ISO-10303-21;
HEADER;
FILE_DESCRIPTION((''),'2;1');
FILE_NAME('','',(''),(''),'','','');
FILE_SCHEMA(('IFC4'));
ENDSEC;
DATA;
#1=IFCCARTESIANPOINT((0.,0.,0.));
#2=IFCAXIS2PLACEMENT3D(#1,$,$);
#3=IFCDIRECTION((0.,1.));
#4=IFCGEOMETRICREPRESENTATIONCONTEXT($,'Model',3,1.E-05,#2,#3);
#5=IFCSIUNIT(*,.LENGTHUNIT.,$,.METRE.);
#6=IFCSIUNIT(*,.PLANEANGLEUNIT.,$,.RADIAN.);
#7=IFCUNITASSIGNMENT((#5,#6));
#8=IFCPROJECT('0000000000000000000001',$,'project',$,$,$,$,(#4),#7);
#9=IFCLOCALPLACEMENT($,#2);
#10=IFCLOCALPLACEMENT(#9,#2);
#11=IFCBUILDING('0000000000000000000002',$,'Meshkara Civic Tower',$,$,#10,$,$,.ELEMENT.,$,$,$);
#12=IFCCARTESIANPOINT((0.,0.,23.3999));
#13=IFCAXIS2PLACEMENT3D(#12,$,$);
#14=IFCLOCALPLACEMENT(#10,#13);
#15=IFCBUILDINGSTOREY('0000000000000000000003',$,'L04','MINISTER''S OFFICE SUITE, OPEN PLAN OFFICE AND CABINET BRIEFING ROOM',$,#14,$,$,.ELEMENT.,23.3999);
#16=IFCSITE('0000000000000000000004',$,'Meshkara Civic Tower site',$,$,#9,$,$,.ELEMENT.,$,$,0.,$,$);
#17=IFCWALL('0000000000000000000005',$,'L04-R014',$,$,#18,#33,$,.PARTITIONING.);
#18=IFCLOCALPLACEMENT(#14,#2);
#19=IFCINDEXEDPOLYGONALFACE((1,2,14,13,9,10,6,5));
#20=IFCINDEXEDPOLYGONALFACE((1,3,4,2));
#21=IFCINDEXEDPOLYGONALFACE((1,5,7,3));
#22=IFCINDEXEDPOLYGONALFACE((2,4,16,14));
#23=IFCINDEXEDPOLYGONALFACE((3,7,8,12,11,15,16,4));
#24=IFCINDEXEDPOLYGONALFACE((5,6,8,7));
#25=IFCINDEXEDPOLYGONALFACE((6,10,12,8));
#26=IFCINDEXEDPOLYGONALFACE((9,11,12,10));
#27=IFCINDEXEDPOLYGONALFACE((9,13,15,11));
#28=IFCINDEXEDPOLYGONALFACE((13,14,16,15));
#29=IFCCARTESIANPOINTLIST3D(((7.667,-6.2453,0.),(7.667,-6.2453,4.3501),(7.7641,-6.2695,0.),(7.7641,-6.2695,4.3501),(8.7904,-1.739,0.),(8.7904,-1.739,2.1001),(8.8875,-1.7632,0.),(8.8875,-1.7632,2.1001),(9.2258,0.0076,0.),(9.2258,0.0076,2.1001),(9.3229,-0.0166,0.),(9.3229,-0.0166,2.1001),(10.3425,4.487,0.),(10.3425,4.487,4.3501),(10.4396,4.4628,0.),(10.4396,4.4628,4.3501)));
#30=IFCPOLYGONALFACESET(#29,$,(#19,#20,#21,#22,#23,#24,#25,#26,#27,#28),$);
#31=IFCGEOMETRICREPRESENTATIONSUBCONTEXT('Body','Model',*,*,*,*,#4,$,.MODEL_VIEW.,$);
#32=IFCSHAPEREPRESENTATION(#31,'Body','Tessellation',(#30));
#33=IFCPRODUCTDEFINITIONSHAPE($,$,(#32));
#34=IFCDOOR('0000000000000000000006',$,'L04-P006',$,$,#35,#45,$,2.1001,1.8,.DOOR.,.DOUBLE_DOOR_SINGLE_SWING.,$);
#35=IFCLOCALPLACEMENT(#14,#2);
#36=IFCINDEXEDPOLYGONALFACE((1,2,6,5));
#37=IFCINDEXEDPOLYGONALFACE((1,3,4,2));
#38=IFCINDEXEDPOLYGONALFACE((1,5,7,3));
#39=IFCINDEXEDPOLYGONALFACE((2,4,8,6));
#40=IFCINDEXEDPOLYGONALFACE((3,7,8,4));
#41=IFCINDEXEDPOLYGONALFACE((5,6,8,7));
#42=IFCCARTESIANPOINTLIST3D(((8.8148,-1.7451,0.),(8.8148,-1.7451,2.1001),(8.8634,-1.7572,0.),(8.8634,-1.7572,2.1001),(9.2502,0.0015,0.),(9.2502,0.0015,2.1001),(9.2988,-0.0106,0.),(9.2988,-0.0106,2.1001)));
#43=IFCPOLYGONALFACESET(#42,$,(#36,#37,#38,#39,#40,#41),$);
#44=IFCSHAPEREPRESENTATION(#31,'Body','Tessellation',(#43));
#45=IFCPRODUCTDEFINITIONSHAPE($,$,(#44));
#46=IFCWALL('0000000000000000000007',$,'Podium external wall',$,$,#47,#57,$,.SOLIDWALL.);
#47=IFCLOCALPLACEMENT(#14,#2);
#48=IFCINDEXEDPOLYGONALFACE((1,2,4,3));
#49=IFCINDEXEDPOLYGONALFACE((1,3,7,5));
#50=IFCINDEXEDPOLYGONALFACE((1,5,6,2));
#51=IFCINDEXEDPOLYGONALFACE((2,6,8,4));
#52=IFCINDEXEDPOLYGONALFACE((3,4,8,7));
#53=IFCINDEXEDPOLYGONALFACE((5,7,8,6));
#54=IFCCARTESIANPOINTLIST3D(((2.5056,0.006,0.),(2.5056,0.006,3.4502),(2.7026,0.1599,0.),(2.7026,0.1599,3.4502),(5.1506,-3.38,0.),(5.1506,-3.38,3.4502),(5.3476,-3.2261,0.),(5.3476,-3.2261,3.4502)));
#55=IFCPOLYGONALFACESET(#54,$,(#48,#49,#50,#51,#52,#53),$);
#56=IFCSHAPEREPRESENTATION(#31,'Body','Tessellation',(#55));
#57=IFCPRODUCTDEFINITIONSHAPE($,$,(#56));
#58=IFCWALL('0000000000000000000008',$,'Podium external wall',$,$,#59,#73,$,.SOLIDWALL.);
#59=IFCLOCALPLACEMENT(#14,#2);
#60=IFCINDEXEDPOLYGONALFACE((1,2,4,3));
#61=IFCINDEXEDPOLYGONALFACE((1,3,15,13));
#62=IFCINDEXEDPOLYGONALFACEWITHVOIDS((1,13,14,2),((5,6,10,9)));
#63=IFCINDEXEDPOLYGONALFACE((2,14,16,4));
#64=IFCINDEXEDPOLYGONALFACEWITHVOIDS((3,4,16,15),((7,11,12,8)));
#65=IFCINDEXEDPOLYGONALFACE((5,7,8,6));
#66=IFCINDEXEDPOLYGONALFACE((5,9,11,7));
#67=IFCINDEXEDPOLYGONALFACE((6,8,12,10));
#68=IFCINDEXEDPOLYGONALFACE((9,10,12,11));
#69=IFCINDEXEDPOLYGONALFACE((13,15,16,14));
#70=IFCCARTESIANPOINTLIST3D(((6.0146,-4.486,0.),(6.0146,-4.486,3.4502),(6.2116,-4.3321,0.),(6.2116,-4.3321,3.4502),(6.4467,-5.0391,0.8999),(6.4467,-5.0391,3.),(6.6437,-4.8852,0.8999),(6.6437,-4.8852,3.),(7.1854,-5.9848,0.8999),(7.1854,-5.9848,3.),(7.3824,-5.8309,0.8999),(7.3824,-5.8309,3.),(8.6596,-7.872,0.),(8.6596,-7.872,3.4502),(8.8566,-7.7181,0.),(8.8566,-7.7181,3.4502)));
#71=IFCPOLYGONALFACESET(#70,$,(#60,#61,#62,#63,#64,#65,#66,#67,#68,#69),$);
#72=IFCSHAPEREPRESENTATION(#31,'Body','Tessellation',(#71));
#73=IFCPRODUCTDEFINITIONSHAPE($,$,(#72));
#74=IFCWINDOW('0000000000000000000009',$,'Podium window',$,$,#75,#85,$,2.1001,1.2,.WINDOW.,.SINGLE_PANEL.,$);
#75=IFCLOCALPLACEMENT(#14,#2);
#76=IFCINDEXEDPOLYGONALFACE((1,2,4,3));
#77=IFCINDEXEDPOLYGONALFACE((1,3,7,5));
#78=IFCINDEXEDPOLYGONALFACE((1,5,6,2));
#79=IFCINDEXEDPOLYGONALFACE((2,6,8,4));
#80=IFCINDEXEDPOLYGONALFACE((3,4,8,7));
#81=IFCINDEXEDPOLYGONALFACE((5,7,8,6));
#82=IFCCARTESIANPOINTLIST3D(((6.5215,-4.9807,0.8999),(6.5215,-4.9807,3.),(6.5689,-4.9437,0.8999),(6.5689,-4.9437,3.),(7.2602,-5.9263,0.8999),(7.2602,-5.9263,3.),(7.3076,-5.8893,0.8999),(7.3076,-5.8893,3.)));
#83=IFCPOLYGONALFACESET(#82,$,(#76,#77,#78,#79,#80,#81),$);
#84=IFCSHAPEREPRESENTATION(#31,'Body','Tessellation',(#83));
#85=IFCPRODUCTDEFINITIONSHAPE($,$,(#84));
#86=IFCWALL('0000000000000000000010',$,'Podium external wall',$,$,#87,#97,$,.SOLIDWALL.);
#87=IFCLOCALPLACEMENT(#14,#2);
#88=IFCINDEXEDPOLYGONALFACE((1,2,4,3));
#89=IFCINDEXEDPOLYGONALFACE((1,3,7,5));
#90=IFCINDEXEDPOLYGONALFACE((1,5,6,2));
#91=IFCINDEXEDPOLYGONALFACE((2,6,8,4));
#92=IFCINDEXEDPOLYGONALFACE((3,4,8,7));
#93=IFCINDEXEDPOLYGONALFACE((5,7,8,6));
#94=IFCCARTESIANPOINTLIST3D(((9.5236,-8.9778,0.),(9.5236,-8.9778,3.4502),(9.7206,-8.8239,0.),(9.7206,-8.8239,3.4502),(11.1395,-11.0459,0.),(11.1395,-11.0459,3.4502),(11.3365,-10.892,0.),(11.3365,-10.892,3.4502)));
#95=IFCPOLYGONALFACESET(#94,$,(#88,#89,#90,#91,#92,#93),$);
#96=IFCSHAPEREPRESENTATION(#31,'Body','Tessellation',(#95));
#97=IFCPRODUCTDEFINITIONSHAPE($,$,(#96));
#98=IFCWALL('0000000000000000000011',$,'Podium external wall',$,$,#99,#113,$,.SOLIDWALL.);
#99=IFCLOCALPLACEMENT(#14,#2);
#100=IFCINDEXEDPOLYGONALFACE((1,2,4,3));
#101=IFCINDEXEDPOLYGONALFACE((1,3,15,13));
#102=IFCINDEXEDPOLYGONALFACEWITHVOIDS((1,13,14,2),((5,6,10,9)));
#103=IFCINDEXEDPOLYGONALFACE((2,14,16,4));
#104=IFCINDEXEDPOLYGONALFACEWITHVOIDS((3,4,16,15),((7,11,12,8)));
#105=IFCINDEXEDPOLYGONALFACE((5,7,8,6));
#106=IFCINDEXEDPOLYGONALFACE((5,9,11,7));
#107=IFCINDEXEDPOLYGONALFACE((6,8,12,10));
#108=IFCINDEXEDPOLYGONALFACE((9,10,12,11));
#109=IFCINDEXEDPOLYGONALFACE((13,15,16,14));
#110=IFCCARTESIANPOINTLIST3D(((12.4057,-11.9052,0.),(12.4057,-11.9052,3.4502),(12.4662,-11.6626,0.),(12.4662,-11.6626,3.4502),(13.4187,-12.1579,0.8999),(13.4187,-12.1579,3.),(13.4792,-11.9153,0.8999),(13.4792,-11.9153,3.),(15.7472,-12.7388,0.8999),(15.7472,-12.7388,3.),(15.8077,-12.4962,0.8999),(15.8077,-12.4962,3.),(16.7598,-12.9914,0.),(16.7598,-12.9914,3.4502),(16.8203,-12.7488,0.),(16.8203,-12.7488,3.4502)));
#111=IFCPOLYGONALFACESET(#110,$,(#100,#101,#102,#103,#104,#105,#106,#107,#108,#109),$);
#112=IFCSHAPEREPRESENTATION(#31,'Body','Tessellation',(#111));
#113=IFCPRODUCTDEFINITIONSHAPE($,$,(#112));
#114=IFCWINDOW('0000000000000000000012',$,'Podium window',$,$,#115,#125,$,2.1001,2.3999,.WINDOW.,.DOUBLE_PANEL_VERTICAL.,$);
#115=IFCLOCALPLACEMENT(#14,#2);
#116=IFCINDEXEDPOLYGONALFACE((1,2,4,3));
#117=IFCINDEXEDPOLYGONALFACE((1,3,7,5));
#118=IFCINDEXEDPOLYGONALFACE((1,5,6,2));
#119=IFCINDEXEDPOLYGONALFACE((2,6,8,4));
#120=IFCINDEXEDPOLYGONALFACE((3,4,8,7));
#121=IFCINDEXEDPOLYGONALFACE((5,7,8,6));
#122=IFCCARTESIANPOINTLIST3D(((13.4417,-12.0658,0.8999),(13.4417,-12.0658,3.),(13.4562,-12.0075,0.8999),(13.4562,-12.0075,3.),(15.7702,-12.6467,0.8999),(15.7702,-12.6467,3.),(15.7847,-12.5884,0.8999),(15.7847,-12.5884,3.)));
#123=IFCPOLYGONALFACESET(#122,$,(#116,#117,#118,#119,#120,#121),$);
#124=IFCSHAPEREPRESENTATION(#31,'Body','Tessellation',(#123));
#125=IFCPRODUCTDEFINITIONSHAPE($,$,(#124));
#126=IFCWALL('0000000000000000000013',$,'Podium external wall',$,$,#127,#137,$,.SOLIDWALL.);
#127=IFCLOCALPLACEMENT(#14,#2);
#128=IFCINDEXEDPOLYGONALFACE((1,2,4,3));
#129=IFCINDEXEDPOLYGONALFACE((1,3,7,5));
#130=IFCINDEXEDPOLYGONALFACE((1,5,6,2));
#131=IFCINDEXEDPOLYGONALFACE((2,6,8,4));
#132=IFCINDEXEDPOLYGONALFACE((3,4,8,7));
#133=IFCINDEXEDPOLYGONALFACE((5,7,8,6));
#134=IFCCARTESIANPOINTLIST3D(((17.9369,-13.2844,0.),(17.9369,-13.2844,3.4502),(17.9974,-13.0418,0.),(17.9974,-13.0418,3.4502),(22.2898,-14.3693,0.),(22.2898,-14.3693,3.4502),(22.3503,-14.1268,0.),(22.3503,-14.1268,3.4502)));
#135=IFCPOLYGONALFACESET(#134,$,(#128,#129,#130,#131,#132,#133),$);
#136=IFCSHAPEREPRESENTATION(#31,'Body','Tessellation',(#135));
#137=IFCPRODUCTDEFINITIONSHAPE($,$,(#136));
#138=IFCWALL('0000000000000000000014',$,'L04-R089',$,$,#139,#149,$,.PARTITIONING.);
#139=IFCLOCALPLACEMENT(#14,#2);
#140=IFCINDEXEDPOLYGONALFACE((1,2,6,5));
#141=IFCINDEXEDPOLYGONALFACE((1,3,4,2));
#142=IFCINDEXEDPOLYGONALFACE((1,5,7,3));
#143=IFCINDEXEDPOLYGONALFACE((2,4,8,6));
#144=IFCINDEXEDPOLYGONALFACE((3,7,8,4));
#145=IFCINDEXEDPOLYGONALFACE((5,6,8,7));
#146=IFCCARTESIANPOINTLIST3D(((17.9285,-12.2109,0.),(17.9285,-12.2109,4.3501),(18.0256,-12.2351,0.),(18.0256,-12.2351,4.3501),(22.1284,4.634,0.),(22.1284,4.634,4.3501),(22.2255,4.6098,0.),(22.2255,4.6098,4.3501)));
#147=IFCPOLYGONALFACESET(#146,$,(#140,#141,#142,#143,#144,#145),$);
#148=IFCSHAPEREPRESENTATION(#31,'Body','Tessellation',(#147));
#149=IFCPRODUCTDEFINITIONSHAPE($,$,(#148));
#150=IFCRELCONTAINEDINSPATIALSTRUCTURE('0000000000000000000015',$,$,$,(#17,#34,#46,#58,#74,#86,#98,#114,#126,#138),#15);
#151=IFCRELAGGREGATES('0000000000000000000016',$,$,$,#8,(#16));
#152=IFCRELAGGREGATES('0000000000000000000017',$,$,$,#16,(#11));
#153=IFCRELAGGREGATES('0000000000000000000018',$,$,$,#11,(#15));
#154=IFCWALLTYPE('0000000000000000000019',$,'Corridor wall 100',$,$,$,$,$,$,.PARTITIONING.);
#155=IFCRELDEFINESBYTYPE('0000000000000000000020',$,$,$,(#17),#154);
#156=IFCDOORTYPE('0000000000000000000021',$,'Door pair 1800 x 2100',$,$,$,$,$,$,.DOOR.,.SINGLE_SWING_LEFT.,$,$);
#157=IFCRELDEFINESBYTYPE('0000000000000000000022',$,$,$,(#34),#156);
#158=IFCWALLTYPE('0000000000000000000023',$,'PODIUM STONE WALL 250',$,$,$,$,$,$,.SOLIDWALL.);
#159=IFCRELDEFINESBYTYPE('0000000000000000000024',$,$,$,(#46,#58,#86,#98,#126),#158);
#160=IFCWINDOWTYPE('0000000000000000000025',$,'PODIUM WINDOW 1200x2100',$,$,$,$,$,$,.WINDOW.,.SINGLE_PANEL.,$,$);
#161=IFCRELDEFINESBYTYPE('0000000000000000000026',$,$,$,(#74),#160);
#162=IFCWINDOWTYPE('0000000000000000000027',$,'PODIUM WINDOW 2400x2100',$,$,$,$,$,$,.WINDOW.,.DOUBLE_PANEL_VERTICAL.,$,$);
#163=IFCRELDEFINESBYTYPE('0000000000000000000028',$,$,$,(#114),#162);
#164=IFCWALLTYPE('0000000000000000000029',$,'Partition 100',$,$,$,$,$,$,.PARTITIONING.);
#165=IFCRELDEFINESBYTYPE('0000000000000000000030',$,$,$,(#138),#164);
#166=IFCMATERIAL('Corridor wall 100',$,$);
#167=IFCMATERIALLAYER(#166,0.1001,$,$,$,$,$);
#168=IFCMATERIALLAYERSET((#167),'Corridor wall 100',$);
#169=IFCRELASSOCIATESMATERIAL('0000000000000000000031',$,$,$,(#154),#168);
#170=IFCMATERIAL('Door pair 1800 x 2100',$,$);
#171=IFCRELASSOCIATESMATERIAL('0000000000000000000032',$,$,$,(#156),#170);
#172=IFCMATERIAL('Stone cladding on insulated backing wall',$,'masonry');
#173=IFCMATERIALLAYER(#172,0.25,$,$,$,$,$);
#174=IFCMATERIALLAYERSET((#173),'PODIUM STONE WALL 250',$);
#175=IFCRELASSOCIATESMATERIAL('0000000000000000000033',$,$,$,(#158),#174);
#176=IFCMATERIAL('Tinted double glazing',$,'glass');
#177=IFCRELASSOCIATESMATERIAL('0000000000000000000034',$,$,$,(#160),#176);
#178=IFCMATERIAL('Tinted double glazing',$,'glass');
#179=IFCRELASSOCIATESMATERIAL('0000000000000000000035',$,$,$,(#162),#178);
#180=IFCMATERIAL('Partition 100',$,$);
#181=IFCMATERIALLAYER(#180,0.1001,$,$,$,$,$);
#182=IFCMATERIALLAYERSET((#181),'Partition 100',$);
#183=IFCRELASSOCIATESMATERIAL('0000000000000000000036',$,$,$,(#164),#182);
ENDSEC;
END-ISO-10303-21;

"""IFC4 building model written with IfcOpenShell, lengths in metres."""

from ifc_helpers import new_model, si_unit, direction, frame, frame_2d, origin, place, context, subcontext, project, spatial, rectangle, extrude, material, layer, layer_set, type_object, element, fill, save


model = new_model("IFC4")

# Units and contexts
model_context = context("Model", 3, precision=1e-05, world=origin(), true_north=direction((0.0, 1.0)))
body_context = subcontext(model_context, "Body", "Model", "MODEL_VIEW")
ifc_project = project(units=[si_unit("LENGTHUNIT", "METRE"), si_unit("PLANEANGLEUNIT", "RADIAN")], contexts=[model_context])

# Site, building, storey
site_placement = place(None, origin())
site = spatial("IfcSite", under=ifc_project, at=site_placement, Name="Meshkara Civic Tower site", CompositionType="ELEMENT", RefElevation=0.0)
building_placement = place(site_placement, origin())
building = spatial("IfcBuilding", under=site, at=building_placement, Name="Meshkara Civic Tower", CompositionType="ELEMENT")
storey_placement = place(building_placement, frame((0.0, 0.0, 23.3999)))
storey = spatial("IfcBuildingStorey", under=building, at=storey_placement, Name="L04", Description="MINISTER'S OFFICE SUITE, OPEN PLAN OFFICE AND CABINET BRIEFING ROOM", CompositionType="ELEMENT", Elevation=23.3999)

# Wall, opening, door
ifc_material_1 = material(Name="Corridor wall 100")
ifc_layer_1 = layer(ifc_material_1, 0.1001)
ifc_layer_set_1 = layer_set([ifc_layer_1], Name="Corridor wall 100")
wall_type_1 = type_object("IfcWallType", Name="Corridor wall 100", PredefinedType="PARTITIONING", material=ifc_layer_set_1)
wall_1_placement = place(storey_placement, frame((7.7156, -6.2573, 0.0), z_axis=(0.0, 0.0, 1.0), x_axis=(0.241892, 0.970303, 0.0)))
wall_1 = element("IfcWall", 1, at=wall_1_placement, inside=storey, type_object=wall_type_1, Name="L04-R014", PredefinedType="PARTITIONING", context=body_context, shape_type="SweptSolid", body=[
    extrude(rectangle(XDim=11.0608, YDim=0.1001, at=frame_2d((5.5303, 0.0))), origin(), (0.0, 0.0, 1.0), 4.3501),
])
opening_1_placement = place(wall_1_placement, frame((4.6443, 0.0, 0.0)))
opening_1 = element("IfcOpeningElement", 2, at=opening_1_placement, cuts=wall_1, PredefinedType="OPENING", context=body_context, shape_type="SweptSolid", body=[
    extrude(rectangle(XDim=1.8, YDim=2.1001, at=frame_2d((0.8999, 1.05))), frame((0.0, 0.0601, 0.0), z_axis=(0.0, -1.0, 0.0), x_axis=(1.0, 0.0, 0.0)), (0.0, 0.0, 1.0), 0.1201),
])
ifc_material_2 = material(Name="Door pair 1800 x 2100")
door_type = type_object("IfcDoorType", Name="Door pair 1800 x 2100", OperationType="SINGLE_SWING_LEFT", PredefinedType="DOOR", material=ifc_material_2)
door_placement = place(opening_1_placement, origin())
door = element("IfcDoor", 3, at=door_placement, inside=storey, type_object=door_type, Name="L04-P006", OperationType="DOUBLE_DOOR_SINGLE_SWING", OverallHeight=2.1001, OverallWidth=1.8, PredefinedType="DOOR", context=body_context, shape_type="SweptSolid", body=[
    extrude(rectangle(XDim=1.8, YDim=2.1001, at=frame_2d((0.8999, 1.05))), frame((0.0, 0.0249, 0.0), z_axis=(0.0, -1.0, 0.0), x_axis=(1.0, 0.0, 0.0)), (0.0, 0.0, 1.0), 0.05),
])
fill(opening_1, door)

# Wall
ifc_material_3 = material(Name="Stone cladding on insulated backing wall", Category="masonry")
ifc_layer_2 = layer(ifc_material_3, 0.25)
ifc_layer_set_2 = layer_set([ifc_layer_2], Name="PODIUM STONE WALL 250")
wall_type_2 = type_object("IfcWallType", Name="PODIUM STONE WALL 250", PredefinedType="SOLIDWALL", material=ifc_layer_set_2)
wall_2_placement = place(storey_placement, frame((2.604, 0.083, 0.0), z_axis=(0.0, 0.0, 1.0), x_axis=(0.615603, -0.788056, 0.0)))
element("IfcWall", 4, at=wall_2_placement, inside=storey, type_object=wall_type_2, Name="Podium external wall", PredefinedType="SOLIDWALL", context=body_context, shape_type="SweptSolid", body=[
    extrude(rectangle(XDim=4.2966, YDim=0.25, at=frame_2d((2.1484, 0.0))), origin(), (0.0, 0.0, 1.0), 3.4502),
])

# Wall, opening, window
wall_3_placement = place(storey_placement, frame((6.113, -4.4089, 0.0), z_axis=(0.0, 0.0, 1.0), x_axis=(0.615603, -0.788056, 0.0)))
wall_3 = element("IfcWall", 5, at=wall_3_placement, inside=storey, type_object=wall_type_2, Name="Podium external wall", PredefinedType="SOLIDWALL", context=body_context, shape_type="SweptSolid", body=[
    extrude(rectangle(XDim=4.2966, YDim=0.25, at=frame_2d((2.1484, 0.0))), origin(), (0.0, 0.0, 1.0), 3.4502),
])
opening_2_placement = place(wall_3_placement, frame((0.7019, 0.0, 0.8999)))
opening_2 = element("IfcOpeningElement", 6, at=opening_2_placement, cuts=wall_3, PredefinedType="OPENING", context=body_context, shape_type="SweptSolid", body=[
    extrude(rectangle(XDim=1.2, YDim=2.1001, at=frame_2d((0.6001, 1.05))), frame((0.0, 0.135, 0.0), z_axis=(0.0, -1.0, 0.0), x_axis=(1.0, 0.0, 0.0)), (0.0, 0.0, 1.0), 0.27),
])
ifc_material_4 = material(Name="Tinted double glazing", Category="glass")
window_type_1 = type_object("IfcWindowType", Name="PODIUM WINDOW 1200x2100", PartitioningType="SINGLE_PANEL", PredefinedType="WINDOW", material=ifc_material_4)
window_1_placement = place(opening_2_placement, origin())
window_1 = element("IfcWindow", 7, at=window_1_placement, inside=storey, type_object=window_type_1, Name="Podium window", OverallHeight=2.1001, OverallWidth=1.2, PartitioningType="SINGLE_PANEL", PredefinedType="WINDOW", context=body_context, shape_type="SweptSolid", body=[
    extrude(rectangle(XDim=1.2, YDim=2.1001, at=frame_2d((0.6001, 1.05))), frame((0.0, 0.03, 0.0), z_axis=(0.0, -1.0, 0.0), x_axis=(1.0, 0.0, 0.0)), (0.0, 0.0, 1.0), 0.0601),
])
fill(opening_2, window_1)

# Wall
wall_4_placement = place(storey_placement, frame((9.6221, -8.9009, 0.0), z_axis=(0.0, 0.0, 1.0), x_axis=(0.615704, -0.787978, 0.0)))
element("IfcWall", 8, at=wall_4_placement, inside=storey, type_object=wall_type_2, Name="Podium external wall", PredefinedType="SOLIDWALL", context=body_context, shape_type="SweptSolid", body=[
    extrude(rectangle(XDim=2.6245, YDim=0.25, at=frame_2d((1.3123, 0.0))), origin(), (0.0, 0.0, 1.0), 3.4502),
])

# Wall, opening, window
wall_5_placement = place(storey_placement, frame((12.436, -11.7839, 0.0), z_axis=(0.0, 0.0, 1.0), x_axis=(0.970264, -0.242049, 0.0)))
wall_5 = element("IfcWall", 9, at=wall_5_placement, inside=storey, type_object=wall_type_2, Name="Podium external wall", PredefinedType="SOLIDWALL", context=body_context, shape_type="SweptSolid", body=[
    extrude(rectangle(XDim=4.4875, YDim=0.25, at=frame_2d((2.2437, 0.0))), origin(), (0.0, 0.0, 1.0), 3.4502),
])
opening_3_placement = place(wall_5_placement, frame((1.0439, 0.0, 0.8999)))
opening_3 = element("IfcOpeningElement", 10, at=opening_3_placement, cuts=wall_5, PredefinedType="OPENING", context=body_context, shape_type="SweptSolid", body=[
    extrude(rectangle(XDim=2.3999, YDim=2.1001, at=frame_2d((1.2, 1.05))), frame((0.0, 0.135, 0.0), z_axis=(0.0, -1.0, 0.0), x_axis=(1.0, 0.0, 0.0)), (0.0, 0.0, 1.0), 0.27),
])
ifc_material_5 = material(Name="Tinted double glazing", Category="glass")
window_type_2 = type_object("IfcWindowType", Name="PODIUM WINDOW 2400x2100", PartitioningType="DOUBLE_PANEL_VERTICAL", PredefinedType="WINDOW", material=ifc_material_5)
window_2_placement = place(opening_3_placement, origin())
window_2 = element("IfcWindow", 11, at=window_2_placement, inside=storey, type_object=window_type_2, Name="Podium window", OverallHeight=2.1001, OverallWidth=2.3999, PartitioningType="DOUBLE_PANEL_VERTICAL", PredefinedType="WINDOW", context=body_context, shape_type="SweptSolid", body=[
    extrude(rectangle(XDim=2.3999, YDim=2.1001, at=frame_2d((1.2, 1.05))), frame((0.0, 0.03, 0.0), z_axis=(0.0, -1.0, 0.0), x_axis=(1.0, 0.0, 0.0)), (0.0, 0.0, 1.0), 0.0601),
])
fill(opening_3, window_2)

# Walls
wall_6_placement = place(storey_placement, frame((17.967, -13.1631, 0.0), z_axis=(0.0, 0.0, 1.0), x_axis=(0.970315, -0.241844, 0.0)))
element("IfcWall", 12, at=wall_6_placement, inside=storey, type_object=wall_type_2, Name="Podium external wall", PredefinedType="SOLIDWALL", context=body_context, shape_type="SweptSolid", body=[
    extrude(rectangle(XDim=4.4861, YDim=0.25, at=frame_2d((2.2432, 0.0))), origin(), (0.0, 0.0, 1.0), 3.4502),
])
ifc_material_6 = material(Name="Partition 100")
ifc_layer_3 = layer(ifc_material_6, 0.1001)
ifc_layer_set_3 = layer_set([ifc_layer_3], Name="Partition 100")
wall_type_3 = type_object("IfcWallType", Name="Partition 100", PredefinedType="PARTITIONING", material=ifc_layer_set_3)
wall_7_placement = place(storey_placement, frame((17.9771, -12.2229, 0.0), z_axis=(0.0, 0.0, 1.0), x_axis=(0.241923, 0.970295, 0.0)))
element("IfcWall", 13, at=wall_7_placement, inside=storey, type_object=wall_type_3, Name="L04-R089", PredefinedType="PARTITIONING", context=body_context, shape_type="SweptSolid", body=[
    extrude(rectangle(XDim=17.3606, YDim=0.1001, at=frame_2d((8.6802, 0.0))), origin(), (0.0, 0.0, 1.0), 4.3501),
])

save(model, "model.ifc")
